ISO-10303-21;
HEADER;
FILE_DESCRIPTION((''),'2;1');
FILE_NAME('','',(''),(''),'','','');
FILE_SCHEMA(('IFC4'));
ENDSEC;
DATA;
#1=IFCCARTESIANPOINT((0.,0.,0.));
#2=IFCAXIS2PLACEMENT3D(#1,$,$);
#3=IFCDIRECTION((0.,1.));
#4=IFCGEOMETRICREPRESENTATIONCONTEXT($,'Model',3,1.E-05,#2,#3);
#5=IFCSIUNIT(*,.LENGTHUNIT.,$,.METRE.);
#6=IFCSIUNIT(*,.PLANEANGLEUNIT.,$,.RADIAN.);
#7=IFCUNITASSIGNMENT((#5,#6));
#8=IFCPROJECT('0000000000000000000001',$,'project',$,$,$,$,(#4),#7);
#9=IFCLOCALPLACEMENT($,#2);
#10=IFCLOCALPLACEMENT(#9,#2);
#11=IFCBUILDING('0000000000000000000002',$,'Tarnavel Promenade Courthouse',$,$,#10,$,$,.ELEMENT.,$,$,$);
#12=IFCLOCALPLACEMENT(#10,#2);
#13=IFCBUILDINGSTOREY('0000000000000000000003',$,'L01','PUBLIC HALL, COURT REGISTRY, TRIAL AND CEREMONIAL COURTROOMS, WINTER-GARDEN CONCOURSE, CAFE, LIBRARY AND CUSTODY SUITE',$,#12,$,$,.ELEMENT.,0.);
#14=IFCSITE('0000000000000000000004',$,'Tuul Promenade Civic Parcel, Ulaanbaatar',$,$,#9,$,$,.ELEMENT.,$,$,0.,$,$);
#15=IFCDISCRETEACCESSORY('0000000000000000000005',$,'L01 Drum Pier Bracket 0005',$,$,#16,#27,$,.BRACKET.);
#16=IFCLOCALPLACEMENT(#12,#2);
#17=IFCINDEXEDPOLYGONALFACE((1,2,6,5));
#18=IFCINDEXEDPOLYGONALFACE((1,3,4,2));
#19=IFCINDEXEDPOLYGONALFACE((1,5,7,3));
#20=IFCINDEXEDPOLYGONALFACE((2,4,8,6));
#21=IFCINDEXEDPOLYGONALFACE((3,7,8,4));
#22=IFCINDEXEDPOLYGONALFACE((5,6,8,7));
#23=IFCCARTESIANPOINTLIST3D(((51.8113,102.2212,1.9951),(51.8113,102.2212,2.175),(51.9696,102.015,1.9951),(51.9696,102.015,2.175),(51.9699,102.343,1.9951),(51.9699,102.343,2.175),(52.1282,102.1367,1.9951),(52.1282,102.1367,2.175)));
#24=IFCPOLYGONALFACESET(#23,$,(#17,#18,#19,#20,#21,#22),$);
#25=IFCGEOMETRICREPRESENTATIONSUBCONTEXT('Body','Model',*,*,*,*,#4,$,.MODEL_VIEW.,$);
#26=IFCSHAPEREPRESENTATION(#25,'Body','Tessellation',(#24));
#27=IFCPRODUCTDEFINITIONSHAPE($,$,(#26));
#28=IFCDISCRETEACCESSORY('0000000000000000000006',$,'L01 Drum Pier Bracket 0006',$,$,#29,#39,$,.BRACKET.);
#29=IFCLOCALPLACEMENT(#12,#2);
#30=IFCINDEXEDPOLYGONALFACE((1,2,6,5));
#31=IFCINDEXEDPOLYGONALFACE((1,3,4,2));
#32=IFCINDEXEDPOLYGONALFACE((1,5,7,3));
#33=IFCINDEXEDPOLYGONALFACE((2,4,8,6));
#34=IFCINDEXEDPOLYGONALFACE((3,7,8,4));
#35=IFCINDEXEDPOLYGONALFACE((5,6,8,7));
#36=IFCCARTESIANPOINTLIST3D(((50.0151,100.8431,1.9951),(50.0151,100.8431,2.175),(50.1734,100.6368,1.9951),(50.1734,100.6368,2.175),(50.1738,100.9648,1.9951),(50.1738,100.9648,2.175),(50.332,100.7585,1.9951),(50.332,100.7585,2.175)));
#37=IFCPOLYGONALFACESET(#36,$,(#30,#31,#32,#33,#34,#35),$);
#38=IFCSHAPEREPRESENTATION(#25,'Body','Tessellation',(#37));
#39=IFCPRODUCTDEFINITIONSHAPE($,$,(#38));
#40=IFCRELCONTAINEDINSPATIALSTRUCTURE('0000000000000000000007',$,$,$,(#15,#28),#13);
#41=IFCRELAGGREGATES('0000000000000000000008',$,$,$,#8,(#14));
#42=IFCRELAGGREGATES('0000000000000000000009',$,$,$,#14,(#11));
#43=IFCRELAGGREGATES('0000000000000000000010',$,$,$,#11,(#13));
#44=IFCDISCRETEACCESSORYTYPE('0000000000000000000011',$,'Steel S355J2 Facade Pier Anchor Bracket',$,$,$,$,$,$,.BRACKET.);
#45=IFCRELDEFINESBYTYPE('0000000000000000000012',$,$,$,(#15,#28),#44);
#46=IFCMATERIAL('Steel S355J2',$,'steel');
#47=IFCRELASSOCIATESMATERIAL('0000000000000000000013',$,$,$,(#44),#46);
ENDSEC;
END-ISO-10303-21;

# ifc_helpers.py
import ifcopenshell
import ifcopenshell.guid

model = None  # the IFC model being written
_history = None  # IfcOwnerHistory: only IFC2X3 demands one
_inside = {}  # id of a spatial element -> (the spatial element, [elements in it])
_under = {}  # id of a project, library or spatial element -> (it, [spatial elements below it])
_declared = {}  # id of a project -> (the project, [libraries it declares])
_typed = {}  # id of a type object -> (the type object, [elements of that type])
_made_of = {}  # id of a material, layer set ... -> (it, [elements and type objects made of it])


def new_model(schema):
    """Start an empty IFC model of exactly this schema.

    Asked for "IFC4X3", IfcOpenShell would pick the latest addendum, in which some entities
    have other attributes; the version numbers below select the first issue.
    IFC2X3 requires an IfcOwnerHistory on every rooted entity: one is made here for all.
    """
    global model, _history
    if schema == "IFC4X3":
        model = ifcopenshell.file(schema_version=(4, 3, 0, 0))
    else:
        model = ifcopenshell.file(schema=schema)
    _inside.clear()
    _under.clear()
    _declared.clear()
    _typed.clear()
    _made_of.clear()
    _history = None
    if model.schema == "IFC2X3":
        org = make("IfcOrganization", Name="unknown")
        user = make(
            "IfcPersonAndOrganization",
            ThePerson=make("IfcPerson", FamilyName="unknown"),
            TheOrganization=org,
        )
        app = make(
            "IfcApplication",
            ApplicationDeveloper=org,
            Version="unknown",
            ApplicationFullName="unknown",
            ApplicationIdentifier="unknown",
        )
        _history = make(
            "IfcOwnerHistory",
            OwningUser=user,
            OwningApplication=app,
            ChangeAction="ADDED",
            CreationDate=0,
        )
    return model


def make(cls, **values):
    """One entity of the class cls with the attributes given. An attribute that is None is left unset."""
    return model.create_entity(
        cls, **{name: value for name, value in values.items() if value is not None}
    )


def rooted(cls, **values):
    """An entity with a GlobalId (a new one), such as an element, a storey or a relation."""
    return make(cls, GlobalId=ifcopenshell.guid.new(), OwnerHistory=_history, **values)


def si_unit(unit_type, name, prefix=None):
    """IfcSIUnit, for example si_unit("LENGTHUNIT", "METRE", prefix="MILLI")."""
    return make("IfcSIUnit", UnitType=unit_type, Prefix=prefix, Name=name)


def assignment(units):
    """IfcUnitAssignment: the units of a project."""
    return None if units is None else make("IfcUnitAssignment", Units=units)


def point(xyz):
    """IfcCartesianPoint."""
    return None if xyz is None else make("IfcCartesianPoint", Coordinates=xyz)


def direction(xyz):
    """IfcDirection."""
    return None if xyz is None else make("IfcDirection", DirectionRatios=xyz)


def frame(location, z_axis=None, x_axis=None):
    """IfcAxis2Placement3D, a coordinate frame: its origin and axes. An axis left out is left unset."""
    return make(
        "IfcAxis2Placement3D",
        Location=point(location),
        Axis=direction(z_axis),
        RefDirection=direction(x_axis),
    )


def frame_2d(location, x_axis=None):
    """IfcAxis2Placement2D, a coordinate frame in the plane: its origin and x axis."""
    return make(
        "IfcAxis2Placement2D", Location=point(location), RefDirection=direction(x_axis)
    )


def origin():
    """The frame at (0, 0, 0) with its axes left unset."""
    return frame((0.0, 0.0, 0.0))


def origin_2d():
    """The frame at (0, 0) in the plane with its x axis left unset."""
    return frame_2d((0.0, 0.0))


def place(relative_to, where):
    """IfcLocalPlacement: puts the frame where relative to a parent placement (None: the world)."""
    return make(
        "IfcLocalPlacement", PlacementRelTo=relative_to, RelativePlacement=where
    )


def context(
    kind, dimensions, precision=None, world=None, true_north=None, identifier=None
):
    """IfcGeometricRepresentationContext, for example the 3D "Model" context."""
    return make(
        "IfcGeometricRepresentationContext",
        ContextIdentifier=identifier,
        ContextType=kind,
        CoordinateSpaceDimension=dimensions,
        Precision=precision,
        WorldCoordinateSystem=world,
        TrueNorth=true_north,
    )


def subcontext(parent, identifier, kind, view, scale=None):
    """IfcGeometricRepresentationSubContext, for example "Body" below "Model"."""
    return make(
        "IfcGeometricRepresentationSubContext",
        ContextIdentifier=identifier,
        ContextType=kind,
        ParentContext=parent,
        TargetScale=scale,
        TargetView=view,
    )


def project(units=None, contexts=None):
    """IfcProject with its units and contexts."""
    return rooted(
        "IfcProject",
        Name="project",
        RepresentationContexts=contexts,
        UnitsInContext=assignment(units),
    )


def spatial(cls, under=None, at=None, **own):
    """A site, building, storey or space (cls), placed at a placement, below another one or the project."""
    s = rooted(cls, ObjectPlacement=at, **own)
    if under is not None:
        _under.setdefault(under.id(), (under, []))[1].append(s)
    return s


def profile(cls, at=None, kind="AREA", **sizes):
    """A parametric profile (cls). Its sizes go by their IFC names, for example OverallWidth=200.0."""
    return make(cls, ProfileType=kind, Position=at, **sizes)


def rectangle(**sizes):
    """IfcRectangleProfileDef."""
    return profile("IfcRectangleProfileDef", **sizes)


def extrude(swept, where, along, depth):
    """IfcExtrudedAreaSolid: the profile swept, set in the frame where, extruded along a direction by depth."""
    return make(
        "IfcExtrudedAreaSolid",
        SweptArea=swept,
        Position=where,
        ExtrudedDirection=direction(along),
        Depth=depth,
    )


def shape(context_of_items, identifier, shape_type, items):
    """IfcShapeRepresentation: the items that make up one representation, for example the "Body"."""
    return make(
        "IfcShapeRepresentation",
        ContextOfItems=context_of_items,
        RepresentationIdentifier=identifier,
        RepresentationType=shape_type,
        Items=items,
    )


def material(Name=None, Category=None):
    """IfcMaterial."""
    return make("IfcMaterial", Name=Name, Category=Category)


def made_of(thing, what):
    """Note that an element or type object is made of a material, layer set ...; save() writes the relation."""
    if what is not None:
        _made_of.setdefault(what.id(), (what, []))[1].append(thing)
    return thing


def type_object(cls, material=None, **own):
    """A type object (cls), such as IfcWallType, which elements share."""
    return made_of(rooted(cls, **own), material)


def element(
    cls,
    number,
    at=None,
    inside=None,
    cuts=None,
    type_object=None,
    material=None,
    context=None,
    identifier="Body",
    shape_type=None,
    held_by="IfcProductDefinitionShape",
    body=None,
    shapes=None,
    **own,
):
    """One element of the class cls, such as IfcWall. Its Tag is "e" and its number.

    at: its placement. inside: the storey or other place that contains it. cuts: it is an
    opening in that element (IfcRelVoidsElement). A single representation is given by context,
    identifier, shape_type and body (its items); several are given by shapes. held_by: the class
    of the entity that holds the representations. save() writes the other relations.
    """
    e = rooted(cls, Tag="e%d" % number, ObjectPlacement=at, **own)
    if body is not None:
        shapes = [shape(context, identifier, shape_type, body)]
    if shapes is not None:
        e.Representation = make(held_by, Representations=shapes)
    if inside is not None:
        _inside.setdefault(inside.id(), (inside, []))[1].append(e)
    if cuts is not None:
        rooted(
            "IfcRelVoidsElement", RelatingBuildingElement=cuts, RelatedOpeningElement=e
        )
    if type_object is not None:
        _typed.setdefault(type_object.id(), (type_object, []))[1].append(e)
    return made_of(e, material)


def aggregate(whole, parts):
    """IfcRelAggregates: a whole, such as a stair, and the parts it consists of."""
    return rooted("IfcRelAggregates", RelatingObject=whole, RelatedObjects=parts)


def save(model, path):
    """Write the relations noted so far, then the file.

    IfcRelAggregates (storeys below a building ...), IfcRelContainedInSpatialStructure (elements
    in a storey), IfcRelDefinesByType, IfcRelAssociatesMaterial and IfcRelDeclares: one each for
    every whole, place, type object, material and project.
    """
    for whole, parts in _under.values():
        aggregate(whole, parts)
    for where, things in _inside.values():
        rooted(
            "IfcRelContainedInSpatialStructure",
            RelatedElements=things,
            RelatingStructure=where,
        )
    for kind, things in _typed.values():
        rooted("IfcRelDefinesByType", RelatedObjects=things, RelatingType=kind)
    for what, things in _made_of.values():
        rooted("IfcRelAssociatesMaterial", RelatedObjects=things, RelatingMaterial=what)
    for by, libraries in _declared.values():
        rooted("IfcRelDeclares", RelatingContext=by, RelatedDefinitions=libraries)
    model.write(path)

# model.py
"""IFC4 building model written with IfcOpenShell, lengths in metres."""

from ifc_helpers import new_model, si_unit, direction, frame, origin, origin_2d, place, context, subcontext, project, spatial, rectangle, extrude, material, type_object, element, save


model = new_model("IFC4")

# Units and contexts
model_context = context("Model", 3, precision=1e-05, world=origin(), true_north=direction((0.0, 1.0)))
body_context = subcontext(model_context, "Body", "Model", "MODEL_VIEW")
ifc_project = project(units=[si_unit("LENGTHUNIT", "METRE"), si_unit("PLANEANGLEUNIT", "RADIAN")], contexts=[model_context])

# Site, building, storey
site_placement = place(None, origin())
site = spatial("IfcSite", under=ifc_project, at=site_placement, Name="Tuul Promenade Civic Parcel, Ulaanbaatar", CompositionType="ELEMENT", RefElevation=0.0)
building_placement = place(site_placement, origin())
building = spatial("IfcBuilding", under=site, at=building_placement, Name="Tarnavel Promenade Courthouse", CompositionType="ELEMENT")
storey_placement = place(building_placement, origin())
storey = spatial("IfcBuildingStorey", under=building, at=storey_placement, Name="L01", Description="PUBLIC HALL, COURT REGISTRY, TRIAL AND CEREMONIAL COURTROOMS, WINTER-GARDEN CONCOURSE, CAFE, LIBRARY AND CUSTODY SUITE", CompositionType="ELEMENT", Elevation=0.0)

# Shared definitions
ifc_material_1 = material(Name="Steel S355J2", Category="steel")

# Discrete accessories
discrete_accessory_type = type_object("IfcDiscreteAccessoryType", Name="Steel S355J2 Facade Pier Anchor Bracket", PredefinedType="BRACKET", material=ifc_material_1)
for number, where, z_axis, x_axis, name in (
    (1, (51.9697, 102.179, 1.9951), (0.0, 0.0, 1.0), (-0.793353, -0.608761, 0.0), "L01 Drum Pier Bracket 0005"),
    (2, (50.1736, 100.8008, 1.9951), (0.0, 0.0, 1.0), (-0.793353, -0.608761, 0.0), "L01 Drum Pier Bracket 0006"),
):
    element("IfcDiscreteAccessory", number, at=place(storey_placement, frame(where, z_axis=z_axis, x_axis=x_axis)), inside=storey, type_object=discrete_accessory_type, Name=name, PredefinedType="BRACKET", context=body_context, shape_type="SweptSolid", body=[
        extrude(rectangle(XDim=0.2, YDim=0.26, at=origin_2d()), origin(), (0.0, 0.0, 1.0), 0.1799),
    ])

save(model, "model.ifc")
